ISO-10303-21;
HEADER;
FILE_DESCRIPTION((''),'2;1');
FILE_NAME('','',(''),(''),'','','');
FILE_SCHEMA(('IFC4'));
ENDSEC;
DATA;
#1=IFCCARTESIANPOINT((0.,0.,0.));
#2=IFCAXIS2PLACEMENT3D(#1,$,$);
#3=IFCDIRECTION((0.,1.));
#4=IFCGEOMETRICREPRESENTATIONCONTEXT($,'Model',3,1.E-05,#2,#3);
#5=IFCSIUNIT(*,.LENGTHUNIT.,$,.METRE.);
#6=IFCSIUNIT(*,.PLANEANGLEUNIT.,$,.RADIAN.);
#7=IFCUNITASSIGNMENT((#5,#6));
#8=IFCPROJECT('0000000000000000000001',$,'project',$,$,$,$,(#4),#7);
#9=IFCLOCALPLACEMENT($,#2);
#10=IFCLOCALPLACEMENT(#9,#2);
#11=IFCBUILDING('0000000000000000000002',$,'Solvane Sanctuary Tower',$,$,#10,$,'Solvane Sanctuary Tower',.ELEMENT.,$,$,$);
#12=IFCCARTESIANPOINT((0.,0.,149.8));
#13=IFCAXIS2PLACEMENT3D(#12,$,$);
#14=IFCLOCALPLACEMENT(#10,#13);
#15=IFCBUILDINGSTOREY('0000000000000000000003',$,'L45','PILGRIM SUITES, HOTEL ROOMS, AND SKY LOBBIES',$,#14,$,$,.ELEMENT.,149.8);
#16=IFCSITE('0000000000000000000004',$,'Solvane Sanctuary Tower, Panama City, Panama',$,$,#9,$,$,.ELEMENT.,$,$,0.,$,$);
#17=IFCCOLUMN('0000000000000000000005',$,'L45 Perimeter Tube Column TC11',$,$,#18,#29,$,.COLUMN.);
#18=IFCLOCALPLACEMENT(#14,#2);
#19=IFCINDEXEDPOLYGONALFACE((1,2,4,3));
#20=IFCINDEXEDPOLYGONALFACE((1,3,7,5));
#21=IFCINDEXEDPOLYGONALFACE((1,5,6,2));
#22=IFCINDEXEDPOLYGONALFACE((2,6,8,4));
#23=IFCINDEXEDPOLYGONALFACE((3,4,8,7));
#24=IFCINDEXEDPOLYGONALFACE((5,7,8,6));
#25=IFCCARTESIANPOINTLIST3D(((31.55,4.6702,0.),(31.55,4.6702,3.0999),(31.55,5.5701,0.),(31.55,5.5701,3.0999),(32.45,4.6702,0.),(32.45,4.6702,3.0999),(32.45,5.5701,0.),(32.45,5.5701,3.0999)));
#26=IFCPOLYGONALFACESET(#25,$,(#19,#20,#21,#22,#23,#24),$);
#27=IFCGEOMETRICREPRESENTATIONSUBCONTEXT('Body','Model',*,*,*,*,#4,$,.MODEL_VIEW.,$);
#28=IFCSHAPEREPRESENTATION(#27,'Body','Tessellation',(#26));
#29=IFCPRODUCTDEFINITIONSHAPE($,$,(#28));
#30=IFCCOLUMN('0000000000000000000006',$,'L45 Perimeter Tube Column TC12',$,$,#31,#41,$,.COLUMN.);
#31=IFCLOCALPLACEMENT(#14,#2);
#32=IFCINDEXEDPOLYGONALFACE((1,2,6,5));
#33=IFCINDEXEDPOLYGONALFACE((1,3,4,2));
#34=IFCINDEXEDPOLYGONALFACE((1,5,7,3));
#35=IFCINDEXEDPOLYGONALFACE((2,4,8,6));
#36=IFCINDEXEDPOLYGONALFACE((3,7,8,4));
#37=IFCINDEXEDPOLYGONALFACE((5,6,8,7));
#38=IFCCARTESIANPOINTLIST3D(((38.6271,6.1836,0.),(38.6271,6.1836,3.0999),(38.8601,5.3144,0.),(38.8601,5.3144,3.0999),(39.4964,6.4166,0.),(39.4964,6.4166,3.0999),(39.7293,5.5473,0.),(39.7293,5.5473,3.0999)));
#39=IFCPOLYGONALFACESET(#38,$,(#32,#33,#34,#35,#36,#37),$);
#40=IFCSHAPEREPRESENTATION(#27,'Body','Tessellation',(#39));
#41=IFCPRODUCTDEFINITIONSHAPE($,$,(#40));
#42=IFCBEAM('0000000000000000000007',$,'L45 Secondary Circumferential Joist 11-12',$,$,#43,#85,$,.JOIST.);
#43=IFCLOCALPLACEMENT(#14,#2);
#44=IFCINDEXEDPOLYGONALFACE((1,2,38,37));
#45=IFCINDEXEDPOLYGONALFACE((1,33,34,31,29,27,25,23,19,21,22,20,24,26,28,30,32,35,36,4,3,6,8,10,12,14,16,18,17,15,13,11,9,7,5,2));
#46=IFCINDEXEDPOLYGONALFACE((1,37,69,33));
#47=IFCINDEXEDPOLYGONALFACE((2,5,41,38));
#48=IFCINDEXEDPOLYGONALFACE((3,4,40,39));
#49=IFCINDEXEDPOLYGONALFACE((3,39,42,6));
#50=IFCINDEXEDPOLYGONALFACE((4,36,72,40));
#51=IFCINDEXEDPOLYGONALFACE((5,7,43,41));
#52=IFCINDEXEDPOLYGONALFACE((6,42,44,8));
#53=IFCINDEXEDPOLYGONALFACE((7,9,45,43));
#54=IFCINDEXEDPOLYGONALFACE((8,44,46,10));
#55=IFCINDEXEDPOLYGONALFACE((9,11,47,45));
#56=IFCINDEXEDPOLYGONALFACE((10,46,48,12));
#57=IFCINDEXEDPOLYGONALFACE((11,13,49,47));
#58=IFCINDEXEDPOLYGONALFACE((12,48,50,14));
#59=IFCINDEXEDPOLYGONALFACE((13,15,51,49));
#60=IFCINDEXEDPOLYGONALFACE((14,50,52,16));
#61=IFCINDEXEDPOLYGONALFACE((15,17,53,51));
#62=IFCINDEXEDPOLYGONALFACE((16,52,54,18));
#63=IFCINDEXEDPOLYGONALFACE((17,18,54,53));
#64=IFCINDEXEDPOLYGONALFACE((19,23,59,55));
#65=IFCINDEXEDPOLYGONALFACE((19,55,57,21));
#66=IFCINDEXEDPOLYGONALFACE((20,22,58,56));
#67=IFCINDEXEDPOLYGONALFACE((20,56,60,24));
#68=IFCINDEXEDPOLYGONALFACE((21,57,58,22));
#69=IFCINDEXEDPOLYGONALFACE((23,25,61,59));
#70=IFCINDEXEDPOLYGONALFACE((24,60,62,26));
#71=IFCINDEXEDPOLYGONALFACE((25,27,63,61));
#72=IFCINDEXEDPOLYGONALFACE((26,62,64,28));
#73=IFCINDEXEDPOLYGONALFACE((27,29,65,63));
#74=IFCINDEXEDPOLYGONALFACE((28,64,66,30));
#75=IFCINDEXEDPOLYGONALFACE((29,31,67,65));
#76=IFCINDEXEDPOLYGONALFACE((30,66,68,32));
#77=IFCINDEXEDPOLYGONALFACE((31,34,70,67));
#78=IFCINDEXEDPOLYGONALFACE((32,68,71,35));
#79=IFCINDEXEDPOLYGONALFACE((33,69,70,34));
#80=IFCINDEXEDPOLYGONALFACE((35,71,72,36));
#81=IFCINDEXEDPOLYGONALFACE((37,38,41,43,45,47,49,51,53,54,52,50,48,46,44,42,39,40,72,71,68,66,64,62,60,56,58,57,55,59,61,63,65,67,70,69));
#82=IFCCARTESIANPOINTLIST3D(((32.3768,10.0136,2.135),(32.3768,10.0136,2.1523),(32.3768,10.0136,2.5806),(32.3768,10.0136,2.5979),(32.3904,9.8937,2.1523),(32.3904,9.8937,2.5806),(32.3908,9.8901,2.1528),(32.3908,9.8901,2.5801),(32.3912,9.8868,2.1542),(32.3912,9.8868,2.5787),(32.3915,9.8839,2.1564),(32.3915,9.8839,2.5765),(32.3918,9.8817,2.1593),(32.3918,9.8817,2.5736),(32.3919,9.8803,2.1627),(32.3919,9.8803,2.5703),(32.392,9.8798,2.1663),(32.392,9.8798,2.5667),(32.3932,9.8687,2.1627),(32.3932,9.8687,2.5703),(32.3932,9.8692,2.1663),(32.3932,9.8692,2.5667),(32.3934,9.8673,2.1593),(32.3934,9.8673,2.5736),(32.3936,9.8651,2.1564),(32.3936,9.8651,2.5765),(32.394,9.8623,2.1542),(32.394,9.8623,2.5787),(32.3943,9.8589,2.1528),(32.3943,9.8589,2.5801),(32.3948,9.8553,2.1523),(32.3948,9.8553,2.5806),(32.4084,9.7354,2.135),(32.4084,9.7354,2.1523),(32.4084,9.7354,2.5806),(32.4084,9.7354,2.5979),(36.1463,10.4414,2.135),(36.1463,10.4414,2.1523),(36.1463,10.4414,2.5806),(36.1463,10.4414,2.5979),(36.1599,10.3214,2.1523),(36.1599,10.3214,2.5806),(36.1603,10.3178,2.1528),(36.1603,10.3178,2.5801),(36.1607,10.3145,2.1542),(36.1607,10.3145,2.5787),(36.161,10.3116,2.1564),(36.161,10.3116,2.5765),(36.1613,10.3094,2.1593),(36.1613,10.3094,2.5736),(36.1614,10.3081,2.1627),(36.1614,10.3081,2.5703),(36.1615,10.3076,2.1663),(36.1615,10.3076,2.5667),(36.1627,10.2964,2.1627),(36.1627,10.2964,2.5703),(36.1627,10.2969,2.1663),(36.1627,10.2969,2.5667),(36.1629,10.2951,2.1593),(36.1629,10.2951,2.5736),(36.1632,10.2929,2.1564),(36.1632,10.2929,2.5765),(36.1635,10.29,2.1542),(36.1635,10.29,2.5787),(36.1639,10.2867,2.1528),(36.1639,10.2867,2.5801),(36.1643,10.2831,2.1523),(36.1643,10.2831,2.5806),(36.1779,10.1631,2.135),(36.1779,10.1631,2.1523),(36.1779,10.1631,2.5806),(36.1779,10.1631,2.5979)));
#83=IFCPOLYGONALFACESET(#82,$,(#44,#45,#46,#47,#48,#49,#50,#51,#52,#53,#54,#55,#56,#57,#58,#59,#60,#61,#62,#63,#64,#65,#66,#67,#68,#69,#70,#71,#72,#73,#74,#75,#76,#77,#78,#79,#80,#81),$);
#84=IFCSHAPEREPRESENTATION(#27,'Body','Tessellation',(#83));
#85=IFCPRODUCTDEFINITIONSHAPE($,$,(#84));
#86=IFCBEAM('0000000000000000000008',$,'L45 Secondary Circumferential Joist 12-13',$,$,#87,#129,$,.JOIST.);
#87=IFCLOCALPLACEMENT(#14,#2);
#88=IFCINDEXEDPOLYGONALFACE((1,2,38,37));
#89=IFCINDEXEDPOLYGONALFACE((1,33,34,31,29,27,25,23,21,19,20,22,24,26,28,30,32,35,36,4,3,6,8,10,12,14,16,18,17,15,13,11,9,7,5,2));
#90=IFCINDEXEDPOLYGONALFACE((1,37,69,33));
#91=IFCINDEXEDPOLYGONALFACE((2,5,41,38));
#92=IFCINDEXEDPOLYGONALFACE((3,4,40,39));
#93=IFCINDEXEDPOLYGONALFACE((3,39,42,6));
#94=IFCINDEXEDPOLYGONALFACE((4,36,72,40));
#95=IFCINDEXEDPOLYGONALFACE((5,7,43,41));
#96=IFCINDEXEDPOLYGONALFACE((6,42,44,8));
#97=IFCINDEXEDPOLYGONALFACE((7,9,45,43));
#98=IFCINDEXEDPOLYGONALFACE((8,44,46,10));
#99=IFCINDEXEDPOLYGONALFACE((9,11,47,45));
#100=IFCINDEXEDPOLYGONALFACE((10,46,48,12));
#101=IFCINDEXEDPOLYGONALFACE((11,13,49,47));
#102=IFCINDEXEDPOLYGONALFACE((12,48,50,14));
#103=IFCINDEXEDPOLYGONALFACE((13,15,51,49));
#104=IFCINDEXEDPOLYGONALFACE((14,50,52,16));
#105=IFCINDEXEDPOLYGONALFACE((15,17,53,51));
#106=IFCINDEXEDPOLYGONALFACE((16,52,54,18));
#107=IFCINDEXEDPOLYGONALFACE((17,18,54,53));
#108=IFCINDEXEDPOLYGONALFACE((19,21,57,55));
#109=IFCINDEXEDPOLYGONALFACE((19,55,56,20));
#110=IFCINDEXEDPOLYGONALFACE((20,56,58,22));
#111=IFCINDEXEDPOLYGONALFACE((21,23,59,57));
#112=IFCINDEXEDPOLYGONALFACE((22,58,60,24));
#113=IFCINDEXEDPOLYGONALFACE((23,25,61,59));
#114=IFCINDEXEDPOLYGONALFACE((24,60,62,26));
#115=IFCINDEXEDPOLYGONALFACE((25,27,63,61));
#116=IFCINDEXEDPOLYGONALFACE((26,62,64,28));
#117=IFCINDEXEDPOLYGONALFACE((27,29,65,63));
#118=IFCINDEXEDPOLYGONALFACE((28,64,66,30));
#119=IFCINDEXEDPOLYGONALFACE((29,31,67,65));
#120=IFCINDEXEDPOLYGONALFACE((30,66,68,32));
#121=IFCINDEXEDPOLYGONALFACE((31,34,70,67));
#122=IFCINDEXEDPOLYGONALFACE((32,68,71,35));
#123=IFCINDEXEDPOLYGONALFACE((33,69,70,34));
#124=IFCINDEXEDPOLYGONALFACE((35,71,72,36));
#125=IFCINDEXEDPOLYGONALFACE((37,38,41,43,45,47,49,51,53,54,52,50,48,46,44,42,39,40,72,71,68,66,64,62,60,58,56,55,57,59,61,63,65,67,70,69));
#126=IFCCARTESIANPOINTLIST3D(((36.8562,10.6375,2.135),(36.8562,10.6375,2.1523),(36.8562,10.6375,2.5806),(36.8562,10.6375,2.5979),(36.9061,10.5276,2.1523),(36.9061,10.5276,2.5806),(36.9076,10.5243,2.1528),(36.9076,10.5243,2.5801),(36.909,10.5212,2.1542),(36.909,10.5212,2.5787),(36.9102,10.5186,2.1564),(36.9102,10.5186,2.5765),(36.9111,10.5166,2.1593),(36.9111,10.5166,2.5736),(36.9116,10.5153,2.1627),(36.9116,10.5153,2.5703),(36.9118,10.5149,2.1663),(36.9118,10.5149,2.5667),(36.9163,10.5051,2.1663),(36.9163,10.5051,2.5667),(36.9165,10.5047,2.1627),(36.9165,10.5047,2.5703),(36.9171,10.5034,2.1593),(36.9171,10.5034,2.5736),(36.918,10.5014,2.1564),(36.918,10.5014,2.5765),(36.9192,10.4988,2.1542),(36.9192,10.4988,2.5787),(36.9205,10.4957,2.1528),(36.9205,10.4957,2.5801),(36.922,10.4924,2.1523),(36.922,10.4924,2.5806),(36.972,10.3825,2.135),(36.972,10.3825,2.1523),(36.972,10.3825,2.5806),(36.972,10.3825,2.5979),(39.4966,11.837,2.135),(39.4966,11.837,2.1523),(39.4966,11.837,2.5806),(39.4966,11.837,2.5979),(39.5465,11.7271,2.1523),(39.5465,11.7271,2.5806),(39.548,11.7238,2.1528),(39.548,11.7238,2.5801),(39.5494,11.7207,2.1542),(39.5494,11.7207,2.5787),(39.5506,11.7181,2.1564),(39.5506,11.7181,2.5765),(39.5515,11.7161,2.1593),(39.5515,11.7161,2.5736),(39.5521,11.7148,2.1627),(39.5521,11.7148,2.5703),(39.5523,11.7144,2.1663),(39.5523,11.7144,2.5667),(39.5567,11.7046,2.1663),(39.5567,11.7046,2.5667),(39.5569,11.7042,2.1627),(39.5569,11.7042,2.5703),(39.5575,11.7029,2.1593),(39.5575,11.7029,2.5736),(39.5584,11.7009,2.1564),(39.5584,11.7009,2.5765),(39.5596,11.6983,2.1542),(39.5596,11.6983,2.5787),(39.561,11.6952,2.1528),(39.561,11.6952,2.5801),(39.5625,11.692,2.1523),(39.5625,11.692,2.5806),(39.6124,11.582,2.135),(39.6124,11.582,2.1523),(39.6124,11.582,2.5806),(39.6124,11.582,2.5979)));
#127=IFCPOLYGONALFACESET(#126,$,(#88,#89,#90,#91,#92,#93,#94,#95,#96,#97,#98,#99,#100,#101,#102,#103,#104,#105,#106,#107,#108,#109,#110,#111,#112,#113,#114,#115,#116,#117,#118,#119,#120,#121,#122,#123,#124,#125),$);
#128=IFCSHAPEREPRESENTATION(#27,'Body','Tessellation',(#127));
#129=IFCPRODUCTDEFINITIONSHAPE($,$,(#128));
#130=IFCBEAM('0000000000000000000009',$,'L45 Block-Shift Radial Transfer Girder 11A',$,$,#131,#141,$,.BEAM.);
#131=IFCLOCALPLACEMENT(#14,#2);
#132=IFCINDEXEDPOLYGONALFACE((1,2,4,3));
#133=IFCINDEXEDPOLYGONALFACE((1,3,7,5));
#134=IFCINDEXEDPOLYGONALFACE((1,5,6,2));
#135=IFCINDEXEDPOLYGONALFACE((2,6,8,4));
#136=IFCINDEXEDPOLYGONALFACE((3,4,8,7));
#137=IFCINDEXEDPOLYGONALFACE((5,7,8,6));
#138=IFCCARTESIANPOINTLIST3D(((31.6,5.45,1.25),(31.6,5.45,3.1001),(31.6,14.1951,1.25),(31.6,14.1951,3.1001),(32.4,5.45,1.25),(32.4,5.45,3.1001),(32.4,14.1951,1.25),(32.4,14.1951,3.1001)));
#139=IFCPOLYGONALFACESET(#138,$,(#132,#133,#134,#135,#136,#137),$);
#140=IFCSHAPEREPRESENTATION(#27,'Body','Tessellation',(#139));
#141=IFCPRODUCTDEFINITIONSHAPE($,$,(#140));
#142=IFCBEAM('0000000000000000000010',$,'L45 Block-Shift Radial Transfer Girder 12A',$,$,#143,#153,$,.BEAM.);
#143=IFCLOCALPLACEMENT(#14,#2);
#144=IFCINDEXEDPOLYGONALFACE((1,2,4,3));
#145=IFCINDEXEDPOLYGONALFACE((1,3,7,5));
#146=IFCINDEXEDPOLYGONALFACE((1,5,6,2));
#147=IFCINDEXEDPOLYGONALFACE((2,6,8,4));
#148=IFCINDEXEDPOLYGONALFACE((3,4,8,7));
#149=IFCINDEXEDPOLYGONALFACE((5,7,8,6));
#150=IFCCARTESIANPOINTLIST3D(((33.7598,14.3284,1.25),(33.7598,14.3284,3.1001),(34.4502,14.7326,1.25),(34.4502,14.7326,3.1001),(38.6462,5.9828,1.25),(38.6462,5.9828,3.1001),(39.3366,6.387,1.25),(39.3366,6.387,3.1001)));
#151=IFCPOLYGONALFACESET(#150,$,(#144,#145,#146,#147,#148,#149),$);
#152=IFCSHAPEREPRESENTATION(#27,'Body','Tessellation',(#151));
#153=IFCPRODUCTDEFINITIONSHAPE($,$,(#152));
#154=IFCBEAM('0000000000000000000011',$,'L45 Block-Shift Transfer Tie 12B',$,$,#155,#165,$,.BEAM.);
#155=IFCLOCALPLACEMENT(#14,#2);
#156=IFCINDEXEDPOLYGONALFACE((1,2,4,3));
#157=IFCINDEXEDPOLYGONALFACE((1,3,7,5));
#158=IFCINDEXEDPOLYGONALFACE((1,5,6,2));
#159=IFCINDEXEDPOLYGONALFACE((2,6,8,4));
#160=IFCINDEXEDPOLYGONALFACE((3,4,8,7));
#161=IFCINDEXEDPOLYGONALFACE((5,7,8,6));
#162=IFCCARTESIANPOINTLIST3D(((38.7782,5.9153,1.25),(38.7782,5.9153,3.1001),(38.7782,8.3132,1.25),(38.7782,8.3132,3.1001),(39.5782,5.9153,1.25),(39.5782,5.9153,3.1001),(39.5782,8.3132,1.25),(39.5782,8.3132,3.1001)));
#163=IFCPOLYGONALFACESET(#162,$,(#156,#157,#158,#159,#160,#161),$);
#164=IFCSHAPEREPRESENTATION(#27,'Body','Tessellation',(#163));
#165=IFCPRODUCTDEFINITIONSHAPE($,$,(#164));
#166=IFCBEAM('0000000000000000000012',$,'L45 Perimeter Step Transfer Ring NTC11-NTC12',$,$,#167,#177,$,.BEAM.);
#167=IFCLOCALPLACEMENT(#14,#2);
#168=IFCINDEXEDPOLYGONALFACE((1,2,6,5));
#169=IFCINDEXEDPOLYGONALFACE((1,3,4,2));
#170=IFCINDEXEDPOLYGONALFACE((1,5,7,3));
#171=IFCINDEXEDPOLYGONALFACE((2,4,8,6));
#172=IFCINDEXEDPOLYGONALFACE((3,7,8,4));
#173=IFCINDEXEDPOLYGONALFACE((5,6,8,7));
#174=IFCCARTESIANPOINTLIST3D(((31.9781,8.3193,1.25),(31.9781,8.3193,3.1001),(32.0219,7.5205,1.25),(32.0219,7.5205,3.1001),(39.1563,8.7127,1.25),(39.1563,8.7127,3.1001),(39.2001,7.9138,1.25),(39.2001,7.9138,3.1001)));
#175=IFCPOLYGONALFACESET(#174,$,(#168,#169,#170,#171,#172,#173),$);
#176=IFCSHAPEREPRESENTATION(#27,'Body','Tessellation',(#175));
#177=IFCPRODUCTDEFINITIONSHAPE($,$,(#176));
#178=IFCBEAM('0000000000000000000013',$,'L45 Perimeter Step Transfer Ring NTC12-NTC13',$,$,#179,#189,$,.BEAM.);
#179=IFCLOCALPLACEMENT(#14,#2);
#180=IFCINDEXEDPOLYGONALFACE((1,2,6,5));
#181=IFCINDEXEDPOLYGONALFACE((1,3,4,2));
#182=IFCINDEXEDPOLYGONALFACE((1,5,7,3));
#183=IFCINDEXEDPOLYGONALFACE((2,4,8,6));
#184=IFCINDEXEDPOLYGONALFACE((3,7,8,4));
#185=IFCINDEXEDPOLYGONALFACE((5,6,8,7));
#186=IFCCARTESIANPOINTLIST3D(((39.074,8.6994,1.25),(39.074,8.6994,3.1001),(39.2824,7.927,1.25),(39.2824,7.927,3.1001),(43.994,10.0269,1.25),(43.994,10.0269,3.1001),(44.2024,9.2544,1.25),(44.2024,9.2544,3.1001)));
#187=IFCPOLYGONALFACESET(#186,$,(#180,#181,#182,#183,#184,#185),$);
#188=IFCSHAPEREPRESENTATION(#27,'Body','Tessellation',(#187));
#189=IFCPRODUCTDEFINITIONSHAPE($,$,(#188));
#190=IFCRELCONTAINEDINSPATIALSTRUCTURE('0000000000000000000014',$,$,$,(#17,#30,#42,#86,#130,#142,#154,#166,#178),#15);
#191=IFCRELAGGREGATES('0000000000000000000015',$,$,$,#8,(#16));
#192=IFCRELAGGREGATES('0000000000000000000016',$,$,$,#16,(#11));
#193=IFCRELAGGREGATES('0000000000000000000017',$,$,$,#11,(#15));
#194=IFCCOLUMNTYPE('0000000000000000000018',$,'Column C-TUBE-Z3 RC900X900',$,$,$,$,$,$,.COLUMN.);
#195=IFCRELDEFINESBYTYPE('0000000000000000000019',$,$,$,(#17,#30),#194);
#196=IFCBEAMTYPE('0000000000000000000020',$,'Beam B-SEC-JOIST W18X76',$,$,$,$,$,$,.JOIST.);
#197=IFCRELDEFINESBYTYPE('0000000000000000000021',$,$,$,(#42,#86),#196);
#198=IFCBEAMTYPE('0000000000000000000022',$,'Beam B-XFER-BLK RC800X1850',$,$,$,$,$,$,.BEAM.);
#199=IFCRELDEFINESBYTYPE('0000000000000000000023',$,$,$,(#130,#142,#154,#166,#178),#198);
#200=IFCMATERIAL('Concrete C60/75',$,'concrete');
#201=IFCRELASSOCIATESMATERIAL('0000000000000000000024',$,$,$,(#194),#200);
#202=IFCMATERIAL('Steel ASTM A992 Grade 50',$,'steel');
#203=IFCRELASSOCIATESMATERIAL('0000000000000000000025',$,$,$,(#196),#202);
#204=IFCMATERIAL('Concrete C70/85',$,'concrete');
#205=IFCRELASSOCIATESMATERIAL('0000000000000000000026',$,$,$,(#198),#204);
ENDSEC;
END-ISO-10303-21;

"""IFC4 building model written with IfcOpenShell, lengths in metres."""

from ifc_helpers import new_model, si_unit, direction, frame, origin, origin_2d, place, context, subcontext, project, spatial, rectangle, i_section, extrude, material, material_profile, profile_set, type_object, element, save


model = new_model("IFC4")

# Units and contexts
model_context = context("Model", 3, precision=1e-05, world=origin(), true_north=direction((0.0, 1.0)))
body_context = subcontext(model_context, "Body", "Model", "MODEL_VIEW")
ifc_project = project(units=[si_unit("LENGTHUNIT", "METRE"), si_unit("PLANEANGLEUNIT", "RADIAN")], contexts=[model_context])

# Site, building, storey
site_placement = place(None, origin())
site = spatial("IfcSite", under=ifc_project, at=site_placement, Name="Solvane Sanctuary Tower, Panama City, Panama", CompositionType="ELEMENT", RefElevation=0.0)
building_placement = place(site_placement, origin())
building = spatial("IfcBuilding", under=site, at=building_placement, Name="Solvane Sanctuary Tower", LongName="Solvane Sanctuary Tower", CompositionType="ELEMENT")
storey_placement = place(building_placement, frame((0.0, 0.0, 149.8)))
storey = spatial("IfcBuildingStorey", under=building, at=storey_placement, Name="L45", Description="PILGRIM SUITES, HOTEL ROOMS, AND SKY LOBBIES", CompositionType="ELEMENT", Elevation=149.8)

# Columns
ifc_material_1 = material(Name="Concrete C60/75", Category="concrete")
ifc_material_profile_1 = material_profile(ifc_material_1, rectangle(XDim=0.8999, YDim=0.8999, at=origin_2d()), Name="RC900X900")
ifc_profile_set_1 = profile_set([ifc_material_profile_1], Name="Concrete C60/75")
column_type = type_object("IfcColumnType", Name="Column C-TUBE-Z3 RC900X900", PredefinedType="COLUMN", material=ifc_profile_set_1)
for number, where, z_axis, x_axis, name in (
    (1, (32.0, 5.1201, 0.0), (0.0, 0.0, 1.0), (0.0, -1.0, 0.0), "L45 Perimeter Tube Column TC11"),
    (2, (39.1782, 5.8655, 0.0), (0.0, 0.0, 1.0), (0.258819, -0.965926, 0.0), "L45 Perimeter Tube Column TC12"),
):
    element("IfcColumn", number, at=place(storey_placement, frame(where, z_axis=z_axis, x_axis=x_axis)), inside=storey, type_object=column_type, Name=name, PredefinedType="COLUMN", context=body_context, shape_type="SweptSolid", body=[
        extrude(rectangle(XDim=0.8999, YDim=0.8999, at=origin_2d()), origin(), (0.0, 0.0, 1.0), 3.0999),
    ])

# Beams
ifc_material_2 = material(Name="Steel ASTM A992 Grade 50", Category="steel")
ifc_material_profile_2 = material_profile(ifc_material_2, i_section(OverallWidth=0.28, OverallDepth=0.4629, WebThickness=0.0107, FlangeThickness=0.0173, FilletRadius=0.0139, at=origin_2d()), Name="W18X76")
ifc_profile_set_2 = profile_set([ifc_material_profile_2], Name="Steel ASTM A992 Grade 50")
beam_type_1 = type_object("IfcBeamType", Name="Beam B-SEC-JOIST W18X76", PredefinedType="JOIST", material=ifc_profile_set_2)
beam_1_placement = place(storey_placement, frame((32.3926, 9.8745, 2.3665), z_axis=(0.993624, 0.112748, 0.0), x_axis=(-0.112748, 0.993624, 0.0)))
element("IfcBeam", 3, at=beam_1_placement, inside=storey, type_object=beam_type_1, Name="L45 Secondary Circumferential Joist 11-12", PredefinedType="JOIST", context=body_context, shape_type="SweptSolid", body=[
    extrude(i_section(OverallWidth=0.28, OverallDepth=0.4629, WebThickness=0.0107, FlangeThickness=0.0173, FilletRadius=0.0139, at=origin_2d()), origin(), (0.0, 0.0, 1.0), 3.7937),
])
beam_2_placement = place(storey_placement, frame((36.9141, 10.51, 2.3665), z_axis=(0.910459, 0.4136, 0.0), x_axis=(-0.4136, 0.910459, 0.0)))
element("IfcBeam", 4, at=beam_2_placement, inside=storey, type_object=beam_type_1, Name="L45 Secondary Circumferential Joist 12-13", PredefinedType="JOIST", context=body_context, shape_type="SweptSolid", body=[
    extrude(i_section(OverallWidth=0.28, OverallDepth=0.4629, WebThickness=0.0107, FlangeThickness=0.0173, FilletRadius=0.0139, at=origin_2d()), origin(), (0.0, 0.0, 1.0), 2.9001),
])
ifc_material_3 = material(Name="Concrete C70/85", Category="concrete")
ifc_material_profile_3 = material_profile(ifc_material_3, rectangle(XDim=0.8, YDim=1.8501, at=origin_2d()), Name="RC800X1850")
ifc_profile_set_3 = profile_set([ifc_material_profile_3], Name="Concrete C70/85")
beam_type_2 = type_object("IfcBeamType", Name="Beam B-XFER-BLK RC800X1850", PredefinedType="BEAM", material=ifc_profile_set_3)
beam_3_placement = place(storey_placement, frame((32.0, 14.1951, 2.175), z_axis=(0.0, -1.0, 0.0), x_axis=(1.0, 0.0, 0.0)))
element("IfcBeam", 5, at=beam_3_placement, inside=storey, type_object=beam_type_2, Name="L45 Block-Shift Radial Transfer Girder 11A", PredefinedType="BEAM", context=body_context, shape_type="SweptSolid", body=[
    extrude(rectangle(XDim=0.8, YDim=1.8501, at=origin_2d()), origin(), (0.0, 0.0, 1.0), 8.7451),
])
beam_4_placement = place(storey_placement, frame((34.105, 14.5305, 2.175), z_axis=(0.50527, -0.862961, 0.0), x_axis=(0.862961, 0.50527, 0.0)))
element("IfcBeam", 6, at=beam_4_placement, inside=storey, type_object=beam_type_2, Name="L45 Block-Shift Radial Transfer Girder 12A", PredefinedType="BEAM", context=body_context, shape_type="SweptSolid", body=[
    extrude(rectangle(XDim=0.8, YDim=1.8501, at=origin_2d()), origin(), (0.0, 0.0, 1.0), 9.6709),
])
beam_5_placement = place(storey_placement, frame((39.1782, 5.9153, 2.175), z_axis=(0.0, 1.0, 0.0), x_axis=(-1.0, 0.0, 0.0)))
element("IfcBeam", 7, at=beam_5_placement, inside=storey, type_object=beam_type_2, Name="L45 Block-Shift Transfer Tie 12B", PredefinedType="BEAM", context=body_context, shape_type="SweptSolid", body=[
    extrude(rectangle(XDim=0.8, YDim=1.8501, at=origin_2d()), origin(), (0.0, 0.0, 1.0), 2.3979),
])
beam_6_placement = place(storey_placement, frame((32.0, 7.9199, 2.175), z_axis=(0.998502, 0.05471, 0.0), x_axis=(-0.05471, 0.998502, 0.0)))
element("IfcBeam", 8, at=beam_6_placement, inside=storey, type_object=beam_type_2, Name="L45 Perimeter Step Transfer Ring NTC11-NTC12", PredefinedType="BEAM", context=body_context, shape_type="SweptSolid", body=[
    extrude(rectangle(XDim=0.8, YDim=1.8501, at=origin_2d()), origin(), (0.0, 0.0, 1.0), 7.189),
])
beam_7_placement = place(storey_placement, frame((39.1782, 8.3132, 2.175), z_axis=(0.965478, 0.260485, 0.0), x_axis=(-0.260485, 0.965478, 0.0)))
element("IfcBeam", 9, at=beam_7_placement, inside=storey, type_object=beam_type_2, Name="L45 Perimeter Step Transfer Ring NTC12-NTC13", PredefinedType="BEAM", context=body_context, shape_type="SweptSolid", body=[
    extrude(rectangle(XDim=0.8, YDim=1.8501, at=origin_2d()), origin(), (0.0, 0.0, 1.0), 5.0959),
])

save(model, "model.ifc")
